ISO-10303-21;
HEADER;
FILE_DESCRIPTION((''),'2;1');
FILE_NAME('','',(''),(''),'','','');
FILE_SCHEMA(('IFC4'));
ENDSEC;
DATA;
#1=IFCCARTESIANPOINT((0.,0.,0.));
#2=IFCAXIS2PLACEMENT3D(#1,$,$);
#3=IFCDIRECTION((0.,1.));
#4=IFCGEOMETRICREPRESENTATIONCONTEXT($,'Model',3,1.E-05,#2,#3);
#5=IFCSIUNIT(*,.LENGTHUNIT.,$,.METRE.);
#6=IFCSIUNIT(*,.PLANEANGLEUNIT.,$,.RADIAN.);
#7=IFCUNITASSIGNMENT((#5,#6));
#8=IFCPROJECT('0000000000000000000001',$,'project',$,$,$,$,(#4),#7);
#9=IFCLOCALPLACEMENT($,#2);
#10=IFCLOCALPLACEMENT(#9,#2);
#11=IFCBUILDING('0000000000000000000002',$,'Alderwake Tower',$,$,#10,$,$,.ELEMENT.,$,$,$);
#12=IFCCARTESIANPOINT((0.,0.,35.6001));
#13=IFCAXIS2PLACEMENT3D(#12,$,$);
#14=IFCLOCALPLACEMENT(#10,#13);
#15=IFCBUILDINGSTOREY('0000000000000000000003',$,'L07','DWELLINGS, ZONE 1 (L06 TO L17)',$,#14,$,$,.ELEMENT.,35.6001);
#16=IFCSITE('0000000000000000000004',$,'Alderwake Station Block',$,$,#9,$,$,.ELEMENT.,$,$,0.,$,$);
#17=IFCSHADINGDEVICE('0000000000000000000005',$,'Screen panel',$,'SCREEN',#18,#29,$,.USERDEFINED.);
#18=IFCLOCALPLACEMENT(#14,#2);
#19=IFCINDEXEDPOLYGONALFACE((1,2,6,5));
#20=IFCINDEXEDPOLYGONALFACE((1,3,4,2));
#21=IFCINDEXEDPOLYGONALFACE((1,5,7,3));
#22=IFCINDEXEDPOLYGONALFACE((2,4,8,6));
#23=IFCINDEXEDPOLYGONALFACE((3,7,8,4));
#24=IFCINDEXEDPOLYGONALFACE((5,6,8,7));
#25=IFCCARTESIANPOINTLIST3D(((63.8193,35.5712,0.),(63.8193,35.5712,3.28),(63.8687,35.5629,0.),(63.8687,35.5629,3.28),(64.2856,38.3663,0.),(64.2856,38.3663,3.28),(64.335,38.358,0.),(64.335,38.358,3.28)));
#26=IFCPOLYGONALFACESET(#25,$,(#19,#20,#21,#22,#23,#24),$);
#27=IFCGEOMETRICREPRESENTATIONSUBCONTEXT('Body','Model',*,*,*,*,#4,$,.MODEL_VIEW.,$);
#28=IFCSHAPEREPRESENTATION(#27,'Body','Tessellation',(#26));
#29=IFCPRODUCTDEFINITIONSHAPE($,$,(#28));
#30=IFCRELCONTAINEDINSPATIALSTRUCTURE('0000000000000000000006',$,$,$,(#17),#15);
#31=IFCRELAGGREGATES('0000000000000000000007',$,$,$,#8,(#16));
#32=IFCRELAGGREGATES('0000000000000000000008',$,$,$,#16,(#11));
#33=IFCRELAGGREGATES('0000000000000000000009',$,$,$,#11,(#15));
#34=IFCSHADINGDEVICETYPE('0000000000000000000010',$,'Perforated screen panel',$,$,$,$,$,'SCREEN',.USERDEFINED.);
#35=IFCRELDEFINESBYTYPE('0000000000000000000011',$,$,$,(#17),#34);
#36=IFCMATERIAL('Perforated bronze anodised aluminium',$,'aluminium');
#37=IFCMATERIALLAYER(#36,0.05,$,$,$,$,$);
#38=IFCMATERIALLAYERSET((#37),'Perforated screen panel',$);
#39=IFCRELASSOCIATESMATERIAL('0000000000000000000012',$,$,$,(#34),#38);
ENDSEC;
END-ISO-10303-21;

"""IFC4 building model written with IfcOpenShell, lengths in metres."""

from ifc_helpers import new_model, si_unit, direction, frame, origin, origin_2d, place, context, subcontext, project, spatial, rectangle, extrude, material, layer, layer_set, type_object, element, save


model = new_model("IFC4")

# Units and contexts
model_context = context("Model", 3, precision=1e-05, world=origin(), true_north=direction((0.0, 1.0)))
body_context = subcontext(model_context, "Body", "Model", "MODEL_VIEW")
ifc_project = project(units=[si_unit("LENGTHUNIT", "METRE"), si_unit("PLANEANGLEUNIT", "RADIAN")], contexts=[model_context])

# Site, building, storey
site_placement = place(None, origin())
site = spatial("IfcSite", under=ifc_project, at=site_placement, Name="Alderwake Station Block", CompositionType="ELEMENT", RefElevation=0.0)
building_placement = place(site_placement, origin())
building = spatial("IfcBuilding", under=site, at=building_placement, Name="Alderwake Tower", CompositionType="ELEMENT")
storey_placement = place(building_placement, frame((0.0, 0.0, 35.6001)))
storey = spatial("IfcBuildingStorey", under=building, at=storey_placement, Name="L07", Description="DWELLINGS, ZONE 1 (L06 TO L17)", CompositionType="ELEMENT", Elevation=35.6001)

# Shading device
ifc_material_1 = material(Name="Perforated bronze anodised aluminium", Category="aluminium")
ifc_layer_1 = layer(ifc_material_1, 0.05)
ifc_layer_set_1 = layer_set([ifc_layer_1], Name="Perforated screen panel")
shading_device_type_1 = type_object("IfcShadingDeviceType", Name="Perforated screen panel", ElementType="SCREEN", PredefinedType="USERDEFINED", material=ifc_layer_set_1)
shading_device_placement = place(storey_placement, frame((64.0771, 36.9646, 0.0), z_axis=(0.0, 0.0, 1.0), x_axis=(0.986369, -0.164548, 0.0)))
element("IfcShadingDevice", 1, at=shading_device_placement, inside=storey, type_object=shading_device_type_1, Name="Screen panel", ObjectType="SCREEN", PredefinedType="USERDEFINED", context=body_context, shape_type="SweptSolid", body=[
    extrude(rectangle(XDim=0.05, YDim=2.8337, at=origin_2d()), origin(), (0.0, 0.0, 1.0), 3.28),
])

save(model, "model.ifc")
